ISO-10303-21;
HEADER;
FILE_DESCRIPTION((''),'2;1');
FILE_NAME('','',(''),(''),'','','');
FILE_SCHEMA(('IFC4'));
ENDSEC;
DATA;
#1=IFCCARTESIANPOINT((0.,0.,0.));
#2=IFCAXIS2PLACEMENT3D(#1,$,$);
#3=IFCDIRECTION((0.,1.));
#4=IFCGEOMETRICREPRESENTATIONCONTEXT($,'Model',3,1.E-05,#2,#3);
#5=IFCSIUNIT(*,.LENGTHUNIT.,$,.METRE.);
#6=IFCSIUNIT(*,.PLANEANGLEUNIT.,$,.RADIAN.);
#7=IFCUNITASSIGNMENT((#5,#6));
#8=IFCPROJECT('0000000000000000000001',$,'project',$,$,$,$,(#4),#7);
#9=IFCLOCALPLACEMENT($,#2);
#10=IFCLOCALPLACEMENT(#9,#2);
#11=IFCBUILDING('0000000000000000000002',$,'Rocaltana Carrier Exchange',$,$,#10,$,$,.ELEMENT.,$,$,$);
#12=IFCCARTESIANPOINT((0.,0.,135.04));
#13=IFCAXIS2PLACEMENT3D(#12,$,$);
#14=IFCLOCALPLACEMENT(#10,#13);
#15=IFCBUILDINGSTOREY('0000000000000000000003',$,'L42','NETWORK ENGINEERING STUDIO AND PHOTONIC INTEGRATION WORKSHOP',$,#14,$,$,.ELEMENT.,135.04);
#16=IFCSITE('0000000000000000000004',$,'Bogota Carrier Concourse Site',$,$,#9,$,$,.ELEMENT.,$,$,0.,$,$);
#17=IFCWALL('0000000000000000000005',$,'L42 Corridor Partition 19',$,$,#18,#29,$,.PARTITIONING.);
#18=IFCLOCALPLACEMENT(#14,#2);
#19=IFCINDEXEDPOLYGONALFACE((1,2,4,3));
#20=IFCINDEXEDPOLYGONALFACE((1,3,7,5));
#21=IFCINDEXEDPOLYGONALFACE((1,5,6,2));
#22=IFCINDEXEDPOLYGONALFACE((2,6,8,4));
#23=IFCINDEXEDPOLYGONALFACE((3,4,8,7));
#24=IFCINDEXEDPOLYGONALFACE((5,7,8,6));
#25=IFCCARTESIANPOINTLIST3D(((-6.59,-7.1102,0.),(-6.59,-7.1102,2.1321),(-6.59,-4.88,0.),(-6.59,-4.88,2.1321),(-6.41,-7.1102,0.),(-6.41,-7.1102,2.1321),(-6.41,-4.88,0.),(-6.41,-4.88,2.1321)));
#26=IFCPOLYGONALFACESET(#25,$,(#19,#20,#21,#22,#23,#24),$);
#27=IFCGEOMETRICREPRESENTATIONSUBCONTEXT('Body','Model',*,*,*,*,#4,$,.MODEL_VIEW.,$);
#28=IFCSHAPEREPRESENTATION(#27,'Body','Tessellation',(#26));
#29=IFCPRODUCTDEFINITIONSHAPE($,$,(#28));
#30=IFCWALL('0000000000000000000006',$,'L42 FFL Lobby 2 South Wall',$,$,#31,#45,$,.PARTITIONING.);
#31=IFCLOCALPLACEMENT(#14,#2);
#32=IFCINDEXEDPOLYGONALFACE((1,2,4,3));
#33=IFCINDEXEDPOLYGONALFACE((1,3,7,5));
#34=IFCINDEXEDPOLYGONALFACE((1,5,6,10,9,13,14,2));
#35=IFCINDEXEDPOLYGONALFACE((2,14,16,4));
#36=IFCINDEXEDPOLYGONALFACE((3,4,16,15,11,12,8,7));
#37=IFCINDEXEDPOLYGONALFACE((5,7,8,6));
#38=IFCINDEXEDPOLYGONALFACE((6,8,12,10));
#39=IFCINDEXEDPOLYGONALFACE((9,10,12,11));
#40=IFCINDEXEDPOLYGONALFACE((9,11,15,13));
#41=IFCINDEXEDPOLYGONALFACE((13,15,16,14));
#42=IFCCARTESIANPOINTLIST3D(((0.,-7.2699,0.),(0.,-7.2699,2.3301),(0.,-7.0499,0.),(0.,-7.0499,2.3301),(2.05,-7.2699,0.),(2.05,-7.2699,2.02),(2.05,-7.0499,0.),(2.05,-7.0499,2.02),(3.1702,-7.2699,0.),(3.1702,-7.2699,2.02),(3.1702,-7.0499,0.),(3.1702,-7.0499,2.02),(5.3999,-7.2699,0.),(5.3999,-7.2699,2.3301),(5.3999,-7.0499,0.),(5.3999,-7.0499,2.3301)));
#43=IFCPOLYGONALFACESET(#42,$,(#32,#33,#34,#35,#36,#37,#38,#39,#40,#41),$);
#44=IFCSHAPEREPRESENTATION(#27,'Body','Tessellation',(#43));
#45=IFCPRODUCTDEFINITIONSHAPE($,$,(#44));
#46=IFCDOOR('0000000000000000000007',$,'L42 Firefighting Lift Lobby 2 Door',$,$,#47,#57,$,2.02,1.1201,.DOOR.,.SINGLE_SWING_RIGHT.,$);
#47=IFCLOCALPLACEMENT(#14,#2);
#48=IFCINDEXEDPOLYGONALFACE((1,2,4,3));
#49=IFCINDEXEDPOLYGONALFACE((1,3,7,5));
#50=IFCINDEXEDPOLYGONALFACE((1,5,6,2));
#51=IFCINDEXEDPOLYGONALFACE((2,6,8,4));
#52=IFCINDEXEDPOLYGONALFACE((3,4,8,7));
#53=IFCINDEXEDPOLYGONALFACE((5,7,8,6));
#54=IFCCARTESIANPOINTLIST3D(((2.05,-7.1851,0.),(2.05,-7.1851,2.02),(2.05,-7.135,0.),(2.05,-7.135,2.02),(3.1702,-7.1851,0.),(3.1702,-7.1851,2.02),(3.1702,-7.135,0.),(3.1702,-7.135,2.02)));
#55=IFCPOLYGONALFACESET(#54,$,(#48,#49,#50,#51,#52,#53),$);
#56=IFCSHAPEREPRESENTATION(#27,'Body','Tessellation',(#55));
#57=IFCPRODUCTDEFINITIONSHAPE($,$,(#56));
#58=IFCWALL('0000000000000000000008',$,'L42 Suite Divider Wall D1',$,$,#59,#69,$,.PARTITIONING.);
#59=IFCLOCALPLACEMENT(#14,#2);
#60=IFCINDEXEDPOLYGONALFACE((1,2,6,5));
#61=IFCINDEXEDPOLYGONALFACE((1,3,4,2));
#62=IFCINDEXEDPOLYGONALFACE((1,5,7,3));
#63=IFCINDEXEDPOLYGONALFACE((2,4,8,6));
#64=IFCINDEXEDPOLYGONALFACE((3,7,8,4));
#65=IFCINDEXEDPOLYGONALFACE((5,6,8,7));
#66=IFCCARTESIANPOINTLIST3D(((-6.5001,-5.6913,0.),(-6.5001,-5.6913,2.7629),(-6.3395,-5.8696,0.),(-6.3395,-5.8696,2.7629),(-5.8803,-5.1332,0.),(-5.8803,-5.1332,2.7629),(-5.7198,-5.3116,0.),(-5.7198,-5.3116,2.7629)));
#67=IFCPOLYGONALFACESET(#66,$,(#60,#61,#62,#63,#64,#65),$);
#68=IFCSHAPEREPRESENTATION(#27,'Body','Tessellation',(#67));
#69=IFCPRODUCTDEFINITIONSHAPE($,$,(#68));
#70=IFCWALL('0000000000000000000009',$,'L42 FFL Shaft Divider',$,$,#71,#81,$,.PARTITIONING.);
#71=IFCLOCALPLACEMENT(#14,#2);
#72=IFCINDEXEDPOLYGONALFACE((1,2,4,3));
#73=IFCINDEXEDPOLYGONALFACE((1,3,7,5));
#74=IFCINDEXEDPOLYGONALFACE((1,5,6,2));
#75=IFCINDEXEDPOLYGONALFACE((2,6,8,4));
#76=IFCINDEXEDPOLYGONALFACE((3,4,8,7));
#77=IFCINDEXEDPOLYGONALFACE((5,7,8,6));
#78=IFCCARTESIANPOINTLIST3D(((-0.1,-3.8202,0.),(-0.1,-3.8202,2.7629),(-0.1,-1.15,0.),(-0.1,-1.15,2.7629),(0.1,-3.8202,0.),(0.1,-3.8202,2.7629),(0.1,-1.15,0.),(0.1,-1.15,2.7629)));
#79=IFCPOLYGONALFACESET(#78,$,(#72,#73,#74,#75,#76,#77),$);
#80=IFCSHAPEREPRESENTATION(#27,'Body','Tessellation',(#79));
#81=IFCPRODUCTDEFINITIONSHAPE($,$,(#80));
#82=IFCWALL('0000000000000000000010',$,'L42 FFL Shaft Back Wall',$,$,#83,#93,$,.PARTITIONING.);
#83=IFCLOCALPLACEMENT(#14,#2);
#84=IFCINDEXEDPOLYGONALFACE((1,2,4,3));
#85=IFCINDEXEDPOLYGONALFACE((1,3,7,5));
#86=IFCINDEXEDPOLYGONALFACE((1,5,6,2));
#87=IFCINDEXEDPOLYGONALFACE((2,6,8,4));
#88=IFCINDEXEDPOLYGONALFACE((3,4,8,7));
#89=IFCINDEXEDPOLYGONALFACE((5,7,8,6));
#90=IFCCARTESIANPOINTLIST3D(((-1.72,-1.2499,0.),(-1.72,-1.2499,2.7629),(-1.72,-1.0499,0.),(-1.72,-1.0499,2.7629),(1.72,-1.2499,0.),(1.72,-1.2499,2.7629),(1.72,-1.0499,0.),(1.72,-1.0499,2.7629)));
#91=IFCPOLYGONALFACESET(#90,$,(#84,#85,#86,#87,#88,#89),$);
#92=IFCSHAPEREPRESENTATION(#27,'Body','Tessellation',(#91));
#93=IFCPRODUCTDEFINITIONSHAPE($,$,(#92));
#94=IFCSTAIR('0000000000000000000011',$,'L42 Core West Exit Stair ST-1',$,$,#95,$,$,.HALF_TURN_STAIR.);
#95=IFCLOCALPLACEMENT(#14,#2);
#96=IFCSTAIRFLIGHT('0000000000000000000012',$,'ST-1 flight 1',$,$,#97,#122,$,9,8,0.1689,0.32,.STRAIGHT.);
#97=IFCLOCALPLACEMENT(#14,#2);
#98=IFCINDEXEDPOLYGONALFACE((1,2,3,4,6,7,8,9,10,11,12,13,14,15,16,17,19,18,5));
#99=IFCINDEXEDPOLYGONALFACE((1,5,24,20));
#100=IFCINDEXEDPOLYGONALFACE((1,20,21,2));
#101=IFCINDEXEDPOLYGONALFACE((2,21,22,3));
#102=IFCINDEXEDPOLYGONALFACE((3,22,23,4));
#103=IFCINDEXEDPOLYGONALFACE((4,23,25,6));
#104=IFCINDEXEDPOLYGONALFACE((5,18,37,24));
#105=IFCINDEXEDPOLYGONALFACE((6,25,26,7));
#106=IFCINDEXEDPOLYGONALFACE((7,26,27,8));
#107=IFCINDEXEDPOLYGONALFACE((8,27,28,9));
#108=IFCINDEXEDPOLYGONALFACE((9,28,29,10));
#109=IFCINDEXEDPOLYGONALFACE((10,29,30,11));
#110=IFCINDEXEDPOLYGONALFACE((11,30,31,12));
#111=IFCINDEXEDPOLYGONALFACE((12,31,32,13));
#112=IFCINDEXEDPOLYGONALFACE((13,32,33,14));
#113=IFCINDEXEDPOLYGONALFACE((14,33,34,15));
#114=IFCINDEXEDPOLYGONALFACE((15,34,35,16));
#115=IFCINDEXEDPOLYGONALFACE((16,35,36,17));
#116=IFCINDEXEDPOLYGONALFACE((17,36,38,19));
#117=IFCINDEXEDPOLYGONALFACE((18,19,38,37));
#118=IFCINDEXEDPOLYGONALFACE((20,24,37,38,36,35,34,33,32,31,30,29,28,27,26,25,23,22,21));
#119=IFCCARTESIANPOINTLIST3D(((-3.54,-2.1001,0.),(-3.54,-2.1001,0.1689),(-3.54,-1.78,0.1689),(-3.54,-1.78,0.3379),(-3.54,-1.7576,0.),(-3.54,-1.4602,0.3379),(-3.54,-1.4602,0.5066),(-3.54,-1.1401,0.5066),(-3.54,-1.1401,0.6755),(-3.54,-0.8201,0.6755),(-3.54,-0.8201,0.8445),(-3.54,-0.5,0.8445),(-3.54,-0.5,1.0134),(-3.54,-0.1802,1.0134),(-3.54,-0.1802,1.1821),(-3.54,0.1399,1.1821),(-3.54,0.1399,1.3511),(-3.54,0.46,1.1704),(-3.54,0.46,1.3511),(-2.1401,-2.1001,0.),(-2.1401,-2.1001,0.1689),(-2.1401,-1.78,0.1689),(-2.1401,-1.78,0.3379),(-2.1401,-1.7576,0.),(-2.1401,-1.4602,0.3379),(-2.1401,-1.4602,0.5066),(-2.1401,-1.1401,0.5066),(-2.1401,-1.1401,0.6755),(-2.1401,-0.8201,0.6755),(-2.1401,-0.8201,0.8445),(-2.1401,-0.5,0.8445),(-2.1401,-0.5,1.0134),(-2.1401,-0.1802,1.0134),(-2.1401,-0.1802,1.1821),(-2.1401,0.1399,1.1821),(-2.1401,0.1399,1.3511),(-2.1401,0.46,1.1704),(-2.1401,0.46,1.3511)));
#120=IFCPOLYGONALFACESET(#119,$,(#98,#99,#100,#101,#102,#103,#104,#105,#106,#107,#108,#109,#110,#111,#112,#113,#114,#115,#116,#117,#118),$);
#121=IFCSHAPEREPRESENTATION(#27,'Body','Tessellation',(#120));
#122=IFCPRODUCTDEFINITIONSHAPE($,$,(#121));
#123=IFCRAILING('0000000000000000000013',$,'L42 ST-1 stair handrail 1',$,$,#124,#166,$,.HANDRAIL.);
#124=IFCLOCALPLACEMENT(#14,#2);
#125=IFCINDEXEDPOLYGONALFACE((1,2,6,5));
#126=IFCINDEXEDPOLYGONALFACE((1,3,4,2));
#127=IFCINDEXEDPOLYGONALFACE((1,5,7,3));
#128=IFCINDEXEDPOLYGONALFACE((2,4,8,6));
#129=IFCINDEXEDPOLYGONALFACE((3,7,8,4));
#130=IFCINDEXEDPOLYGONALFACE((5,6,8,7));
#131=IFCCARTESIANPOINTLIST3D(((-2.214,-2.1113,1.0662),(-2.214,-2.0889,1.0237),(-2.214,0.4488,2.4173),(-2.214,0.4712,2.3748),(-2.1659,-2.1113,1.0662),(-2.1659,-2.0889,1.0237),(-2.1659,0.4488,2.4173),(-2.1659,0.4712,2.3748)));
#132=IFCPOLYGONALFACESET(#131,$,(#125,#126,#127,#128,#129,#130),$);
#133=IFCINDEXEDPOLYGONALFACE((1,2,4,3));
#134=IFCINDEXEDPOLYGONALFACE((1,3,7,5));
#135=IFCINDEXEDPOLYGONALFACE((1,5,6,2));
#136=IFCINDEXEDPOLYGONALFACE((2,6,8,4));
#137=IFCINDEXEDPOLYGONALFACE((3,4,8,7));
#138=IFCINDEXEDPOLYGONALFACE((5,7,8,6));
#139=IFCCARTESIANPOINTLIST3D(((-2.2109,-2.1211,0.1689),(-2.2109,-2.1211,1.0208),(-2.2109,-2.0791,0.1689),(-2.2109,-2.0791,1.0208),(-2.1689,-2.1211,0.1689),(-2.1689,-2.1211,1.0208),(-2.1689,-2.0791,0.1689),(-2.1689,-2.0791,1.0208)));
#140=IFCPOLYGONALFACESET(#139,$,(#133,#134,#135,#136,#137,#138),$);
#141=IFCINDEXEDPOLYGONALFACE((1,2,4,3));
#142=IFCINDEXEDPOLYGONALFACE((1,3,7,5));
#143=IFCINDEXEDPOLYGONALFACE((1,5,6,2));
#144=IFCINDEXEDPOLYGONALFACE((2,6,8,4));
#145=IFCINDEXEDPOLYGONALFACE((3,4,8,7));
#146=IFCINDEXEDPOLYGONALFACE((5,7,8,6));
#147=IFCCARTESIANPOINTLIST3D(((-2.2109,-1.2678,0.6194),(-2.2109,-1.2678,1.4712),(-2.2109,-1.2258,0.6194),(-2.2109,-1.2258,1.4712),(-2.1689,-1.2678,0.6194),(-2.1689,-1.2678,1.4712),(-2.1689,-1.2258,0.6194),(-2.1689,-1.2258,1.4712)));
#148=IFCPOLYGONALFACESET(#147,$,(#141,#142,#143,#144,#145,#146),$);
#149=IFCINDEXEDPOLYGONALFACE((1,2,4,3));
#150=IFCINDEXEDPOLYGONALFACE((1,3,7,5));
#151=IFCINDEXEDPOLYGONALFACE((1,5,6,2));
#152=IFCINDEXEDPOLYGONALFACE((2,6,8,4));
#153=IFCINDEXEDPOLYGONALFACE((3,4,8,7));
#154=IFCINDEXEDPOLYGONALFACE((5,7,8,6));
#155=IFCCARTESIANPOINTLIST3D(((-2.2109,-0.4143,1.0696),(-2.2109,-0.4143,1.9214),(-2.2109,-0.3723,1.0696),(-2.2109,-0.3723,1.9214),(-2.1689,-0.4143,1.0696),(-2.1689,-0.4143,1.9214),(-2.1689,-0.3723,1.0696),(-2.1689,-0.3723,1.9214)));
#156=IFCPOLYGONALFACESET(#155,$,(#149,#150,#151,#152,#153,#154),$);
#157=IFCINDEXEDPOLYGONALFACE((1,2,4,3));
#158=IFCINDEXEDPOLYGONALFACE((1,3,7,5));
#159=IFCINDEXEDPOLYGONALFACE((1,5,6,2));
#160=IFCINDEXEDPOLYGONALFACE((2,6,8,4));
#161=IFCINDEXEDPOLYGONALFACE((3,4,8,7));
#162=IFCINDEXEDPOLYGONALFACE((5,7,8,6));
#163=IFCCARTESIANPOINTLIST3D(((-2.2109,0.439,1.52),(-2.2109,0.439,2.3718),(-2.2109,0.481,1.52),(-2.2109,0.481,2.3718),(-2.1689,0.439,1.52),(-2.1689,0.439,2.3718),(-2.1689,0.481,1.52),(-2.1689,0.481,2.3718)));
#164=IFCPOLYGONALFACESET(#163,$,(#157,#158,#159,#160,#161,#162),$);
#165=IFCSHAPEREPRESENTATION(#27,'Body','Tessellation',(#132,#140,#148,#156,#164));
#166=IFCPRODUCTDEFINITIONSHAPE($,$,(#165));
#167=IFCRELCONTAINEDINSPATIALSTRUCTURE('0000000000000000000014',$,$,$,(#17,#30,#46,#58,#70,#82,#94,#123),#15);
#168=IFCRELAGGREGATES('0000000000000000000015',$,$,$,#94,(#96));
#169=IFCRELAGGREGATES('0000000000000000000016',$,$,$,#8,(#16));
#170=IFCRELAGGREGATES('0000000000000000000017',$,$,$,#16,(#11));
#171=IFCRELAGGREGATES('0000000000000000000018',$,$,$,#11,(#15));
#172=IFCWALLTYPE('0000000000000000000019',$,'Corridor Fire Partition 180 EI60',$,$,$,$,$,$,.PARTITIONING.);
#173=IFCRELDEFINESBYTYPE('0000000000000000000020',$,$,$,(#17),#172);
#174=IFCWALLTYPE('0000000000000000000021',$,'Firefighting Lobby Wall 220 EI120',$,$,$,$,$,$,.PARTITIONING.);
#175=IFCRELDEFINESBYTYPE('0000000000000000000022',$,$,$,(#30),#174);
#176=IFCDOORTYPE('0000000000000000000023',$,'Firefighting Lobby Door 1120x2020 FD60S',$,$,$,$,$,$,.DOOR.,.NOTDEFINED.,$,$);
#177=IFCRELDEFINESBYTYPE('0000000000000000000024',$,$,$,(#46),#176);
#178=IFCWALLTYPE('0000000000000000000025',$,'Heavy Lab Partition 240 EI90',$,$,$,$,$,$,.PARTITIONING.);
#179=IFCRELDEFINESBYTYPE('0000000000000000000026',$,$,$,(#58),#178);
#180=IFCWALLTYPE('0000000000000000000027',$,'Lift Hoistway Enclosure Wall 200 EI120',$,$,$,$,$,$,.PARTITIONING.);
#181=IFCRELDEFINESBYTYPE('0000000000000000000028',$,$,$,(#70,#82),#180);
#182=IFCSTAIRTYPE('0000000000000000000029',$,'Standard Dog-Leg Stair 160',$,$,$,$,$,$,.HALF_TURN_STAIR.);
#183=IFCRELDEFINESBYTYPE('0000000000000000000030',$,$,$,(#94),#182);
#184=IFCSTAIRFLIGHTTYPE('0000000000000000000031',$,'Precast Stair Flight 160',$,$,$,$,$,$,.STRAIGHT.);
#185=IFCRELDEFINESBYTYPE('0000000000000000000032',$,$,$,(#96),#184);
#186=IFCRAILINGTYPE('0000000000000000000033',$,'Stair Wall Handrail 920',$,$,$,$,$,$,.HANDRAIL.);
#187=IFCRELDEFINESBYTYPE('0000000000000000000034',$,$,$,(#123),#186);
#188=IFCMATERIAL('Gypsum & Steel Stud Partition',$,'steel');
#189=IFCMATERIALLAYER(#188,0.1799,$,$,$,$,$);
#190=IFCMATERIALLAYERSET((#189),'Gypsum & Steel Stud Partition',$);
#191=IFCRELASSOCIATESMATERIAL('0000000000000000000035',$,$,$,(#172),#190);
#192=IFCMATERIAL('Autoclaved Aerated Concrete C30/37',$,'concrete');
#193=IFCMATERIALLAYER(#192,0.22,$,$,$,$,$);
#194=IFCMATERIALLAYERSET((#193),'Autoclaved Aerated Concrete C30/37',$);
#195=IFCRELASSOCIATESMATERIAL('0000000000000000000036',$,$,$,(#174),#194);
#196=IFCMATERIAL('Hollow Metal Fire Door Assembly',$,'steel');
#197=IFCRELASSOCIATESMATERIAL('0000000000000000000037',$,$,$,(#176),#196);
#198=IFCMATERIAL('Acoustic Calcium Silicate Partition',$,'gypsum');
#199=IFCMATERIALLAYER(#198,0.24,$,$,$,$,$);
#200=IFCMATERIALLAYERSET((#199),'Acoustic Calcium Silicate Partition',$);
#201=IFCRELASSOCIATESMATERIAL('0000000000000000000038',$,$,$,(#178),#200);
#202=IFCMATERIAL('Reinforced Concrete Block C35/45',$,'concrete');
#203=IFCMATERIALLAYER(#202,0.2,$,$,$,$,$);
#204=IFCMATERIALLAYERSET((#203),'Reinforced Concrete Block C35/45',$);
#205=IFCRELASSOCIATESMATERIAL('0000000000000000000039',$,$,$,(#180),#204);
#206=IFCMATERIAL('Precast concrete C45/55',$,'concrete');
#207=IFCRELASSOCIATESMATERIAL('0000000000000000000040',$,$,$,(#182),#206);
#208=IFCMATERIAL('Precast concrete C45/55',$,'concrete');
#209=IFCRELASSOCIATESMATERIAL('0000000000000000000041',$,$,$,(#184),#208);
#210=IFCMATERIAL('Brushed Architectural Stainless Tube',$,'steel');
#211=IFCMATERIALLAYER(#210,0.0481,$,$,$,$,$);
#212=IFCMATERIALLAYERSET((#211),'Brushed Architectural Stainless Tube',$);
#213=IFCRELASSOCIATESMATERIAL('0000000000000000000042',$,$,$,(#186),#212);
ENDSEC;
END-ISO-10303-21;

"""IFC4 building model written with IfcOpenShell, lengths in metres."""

from ifc_helpers import new_model, si_unit, direction, frame, frame_2d, origin, origin_2d, place, context, subcontext, project, spatial, polyline, rectangle, outline, extrude, material, layer, layer_set, type_object, element, fill, aggregate, save


model = new_model("IFC4")

# Units and contexts
model_context = context("Model", 3, precision=1e-05, world=origin(), true_north=direction((0.0, 1.0)))
body_context = subcontext(model_context, "Body", "Model", "MODEL_VIEW")
ifc_project = project(units=[si_unit("LENGTHUNIT", "METRE"), si_unit("PLANEANGLEUNIT", "RADIAN")], contexts=[model_context])

# Site, building, storey
site_placement = place(None, origin())
site = spatial("IfcSite", under=ifc_project, at=site_placement, Name="Bogota Carrier Concourse Site", CompositionType="ELEMENT", RefElevation=0.0)
building_placement = place(site_placement, origin())
building = spatial("IfcBuilding", under=site, at=building_placement, Name="Rocaltana Carrier Exchange", CompositionType="ELEMENT")
storey_placement = place(building_placement, frame((0.0, 0.0, 135.04)))
storey = spatial("IfcBuildingStorey", under=building, at=storey_placement, Name="L42", Description="NETWORK ENGINEERING STUDIO AND PHOTONIC INTEGRATION WORKSHOP", CompositionType="ELEMENT", Elevation=135.04)

# Wall
ifc_material_1 = material(Name="Gypsum & Steel Stud Partition", Category="steel")
ifc_layer_1 = layer(ifc_material_1, 0.1799)
ifc_layer_set_1 = layer_set([ifc_layer_1], Name="Gypsum & Steel Stud Partition")
wall_type_1 = type_object("IfcWallType", Name="Corridor Fire Partition 180 EI60", PredefinedType="PARTITIONING", material=ifc_layer_set_1)
wall_1_placement = place(storey_placement, frame((-6.5, -4.8799, 0.0), z_axis=(0.0, 0.0, 1.0), x_axis=(0.0, -1.0, 0.0)))
element("IfcWall", 1, at=wall_1_placement, inside=storey, type_object=wall_type_1, Name="L42 Corridor Partition 19", PredefinedType="PARTITIONING", context=body_context, shape_type="SweptSolid", body=[
    extrude(rectangle(XDim=2.2302, YDim=0.1799, at=frame_2d((1.1152, 0.0))), origin(), (0.0, 0.0, 1.0), 2.1321),
])

# Wall, opening, door
ifc_material_2 = material(Name="Autoclaved Aerated Concrete C30/37", Category="concrete")
ifc_layer_2 = layer(ifc_material_2, 0.22)
ifc_layer_set_2 = layer_set([ifc_layer_2], Name="Autoclaved Aerated Concrete C30/37")
wall_type_2 = type_object("IfcWallType", Name="Firefighting Lobby Wall 220 EI120", PredefinedType="PARTITIONING", material=ifc_layer_set_2)
wall_2_placement = place(storey_placement, frame((0.0, -7.1599, 0.0), z_axis=(0.0, 0.0, 1.0), x_axis=(1.0, 0.0, 0.0)))
wall_2 = element("IfcWall", 2, at=wall_2_placement, inside=storey, type_object=wall_type_2, Name="L42 FFL Lobby 2 South Wall", PredefinedType="PARTITIONING", context=body_context, shape_type="SweptSolid", body=[
    extrude(rectangle(XDim=5.3999, YDim=0.22, at=frame_2d((2.7, 0.0))), origin(), (0.0, 0.0, 1.0), 2.3301),
])
opening_1_placement = place(wall_2_placement, frame((2.05, 0.0, 0.0)))
opening_1 = element("IfcOpeningElement", 3, at=opening_1_placement, cuts=wall_2, PredefinedType="OPENING", context=body_context, shape_type="SweptSolid", body=[
    extrude(rectangle(XDim=1.1201, YDim=2.02, at=frame_2d((0.5601, 1.01))), frame((0.0, 0.1199, 0.0), z_axis=(0.0, -1.0, 0.0), x_axis=(1.0, 0.0, 0.0)), (0.0, 0.0, 1.0), 0.24),
])
ifc_material_3 = material(Name="Hollow Metal Fire Door Assembly", Category="steel")
door_type_1 = type_object("IfcDoorType", Name="Firefighting Lobby Door 1120x2020 FD60S", OperationType="NOTDEFINED", PredefinedType="DOOR", material=ifc_material_3)
door_1_placement = place(opening_1_placement, origin())
door_1 = element("IfcDoor", 4, at=door_1_placement, inside=storey, type_object=door_type_1, Name="L42 Firefighting Lift Lobby 2 Door", OperationType="SINGLE_SWING_RIGHT", OverallHeight=2.02, OverallWidth=1.1201, PredefinedType="DOOR", context=body_context, shape_type="SweptSolid", body=[
    extrude(rectangle(XDim=1.1201, YDim=2.02, at=frame_2d((0.5601, 1.01))), frame((0.0, 0.0249, 0.0), z_axis=(0.0, -1.0, 0.0), x_axis=(1.0, 0.0, 0.0)), (0.0, 0.0, 1.0), 0.05),
])
fill(opening_1, door_1)

# Walls
ifc_material_4 = material(Name="Acoustic Calcium Silicate Partition", Category="gypsum")
ifc_layer_3 = layer(ifc_material_4, 0.24)
ifc_layer_set_3 = layer_set([ifc_layer_3], Name="Acoustic Calcium Silicate Partition")
wall_type_3 = type_object("IfcWallType", Name="Heavy Lab Partition 240 EI90", PredefinedType="PARTITIONING", material=ifc_layer_set_3)
wall_3_placement = place(storey_placement, frame((-5.8, -5.2224, 0.0), z_axis=(0.0, 0.0, 1.0), x_axis=(-0.743163, -0.66911, 0.0)))
element("IfcWall", 5, at=wall_3_placement, inside=storey, type_object=wall_type_3, Name="L42 Suite Divider Wall D1", PredefinedType="PARTITIONING", context=body_context, shape_type="SweptSolid", body=[
    extrude(rectangle(XDim=0.834, YDim=0.24, at=frame_2d((0.417, 0.0))), origin(), (0.0, 0.0, 1.0), 2.7629),
])
ifc_material_5 = material(Name="Reinforced Concrete Block C35/45", Category="concrete")
ifc_layer_4 = layer(ifc_material_5, 0.2)
ifc_layer_set_4 = layer_set([ifc_layer_4], Name="Reinforced Concrete Block C35/45")
wall_type_4 = type_object("IfcWallType", Name="Lift Hoistway Enclosure Wall 200 EI120", PredefinedType="PARTITIONING", material=ifc_layer_set_4)
wall_4_placement = place(storey_placement, frame((0.0, -3.8201, 0.0), z_axis=(0.0, 0.0, 1.0), x_axis=(0.0, 1.0, 0.0)))
element("IfcWall", 6, at=wall_4_placement, inside=storey, type_object=wall_type_4, Name="L42 FFL Shaft Divider", PredefinedType="PARTITIONING", context=body_context, shape_type="SweptSolid", body=[
    extrude(rectangle(XDim=2.6702, YDim=0.2, at=frame_2d((1.335, 0.0))), origin(), (0.0, 0.0, 1.0), 2.7629),
])
wall_5_placement = place(storey_placement, frame((-1.72, -1.1499, 0.0), z_axis=(0.0, 0.0, 1.0), x_axis=(1.0, 0.0, 0.0)))
element("IfcWall", 7, at=wall_5_placement, inside=storey, type_object=wall_type_4, Name="L42 FFL Shaft Back Wall", PredefinedType="PARTITIONING", context=body_context, shape_type="SweptSolid", body=[
    extrude(rectangle(XDim=3.4399, YDim=0.2, at=frame_2d((1.72, 0.0))), origin(), (0.0, 0.0, 1.0), 2.7629),
])

# Stair, stair flight
ifc_material_6 = material(Name="Precast concrete C45/55", Category="concrete")
stair_type = type_object("IfcStairType", Name="Standard Dog-Leg Stair 160", PredefinedType="HALF_TURN_STAIR", material=ifc_material_6)
stair_placement = place(storey_placement, origin())
stair = element("IfcStair", 8, at=stair_placement, inside=storey, type_object=stair_type, Name="L42 Core West Exit Stair ST-1", PredefinedType="HALF_TURN_STAIR")
ifc_material_7 = material(Name="Precast concrete C45/55", Category="concrete")
stair_flight_type = type_object("IfcStairFlightType", Name="Precast Stair Flight 160", PredefinedType="STRAIGHT", material=ifc_material_7)
stair_flight_placement = place(storey_placement, frame((-2.8401, -2.1001, 0.0), z_axis=(0.0, 0.0, 1.0), x_axis=(0.0, 1.0, 0.0)))
stair_flight = element("IfcStairFlight", 9, at=stair_flight_placement, type_object=stair_flight_type, Name="ST-1 flight 1", NumberOfRisers=9, NumberOfTreads=8, PredefinedType="STRAIGHT", RiserHeight=0.1689, TreadLength=0.32, context=body_context, shape_type="SweptSolid", body=[
    extrude(outline(polyline([(0.0, 0.0), (0.0, 0.1689), (0.3201, 0.1689), (0.3201, 0.3379), (0.6399, 0.3379), (0.6399, 0.5066), (0.96, 0.5066), (0.96, 0.6755), (1.28, 0.6755), (1.28, 0.8445), (1.6001, 0.8445), (1.6001, 1.0134), (1.9199, 1.0134), (1.9199, 1.1821), (2.24, 1.1821), (2.24, 1.3511), (2.5601, 1.3511), (2.5601, 1.52), (2.5601, 1.1704), (0.3425, 0.0), (0.0, 0.0)])), frame((0.0, 0.7, 0.0), z_axis=(0.0, -1.0, 0.0), x_axis=(1.0, 0.0, 0.0)), (0.0, 0.0, 1.0), 1.3999),
])
aggregate(stair, [stair_flight])

# Railing
ifc_material_8 = material(Name="Brushed Architectural Stainless Tube", Category="steel")
ifc_layer_5 = layer(ifc_material_8, 0.0481)
ifc_layer_set_5 = layer_set([ifc_layer_5], Name="Brushed Architectural Stainless Tube")
railing_type_1 = type_object("IfcRailingType", Name="Stair Wall Handrail 920", PredefinedType="HANDRAIL", material=ifc_layer_set_5)
railing_1_placement = place(storey_placement, frame((-2.1899, -2.1001, 0.1689)))
element("IfcRailing", 10, at=railing_1_placement, inside=storey, type_object=railing_type_1, Name="L42 ST-1 stair handrail 1", PredefinedType="HANDRAIL", context=body_context, shape_type="SweptSolid", body=[
    extrude(rectangle(XDim=0.0481, YDim=0.0481, at=origin_2d()), frame((0.0, 0.0, 0.876), z_axis=(0.0, 0.884394, 0.46674), x_axis=(-1.0, 0.0, 0.0)), (0.0, 0.0, 1.0), 2.8948),
    extrude(rectangle(XDim=0.042, YDim=0.042, at=origin_2d()), origin(), (0.0, 0.0, 1.0), 0.8518),
    extrude(rectangle(XDim=0.042, YDim=0.042, at=origin_2d()), frame((0.0, 0.8533, 0.4504)), (0.0, 0.0, 1.0), 0.8518),
    extrude(rectangle(XDim=0.042, YDim=0.042, at=origin_2d()), frame((0.0, 1.7068, 0.9006)), (0.0, 0.0, 1.0), 0.8518),
    extrude(rectangle(XDim=0.042, YDim=0.042, at=origin_2d()), frame((0.0, 2.5601, 1.3511)), (0.0, 0.0, 1.0), 0.8518),
])

save(model, "model.ifc")
